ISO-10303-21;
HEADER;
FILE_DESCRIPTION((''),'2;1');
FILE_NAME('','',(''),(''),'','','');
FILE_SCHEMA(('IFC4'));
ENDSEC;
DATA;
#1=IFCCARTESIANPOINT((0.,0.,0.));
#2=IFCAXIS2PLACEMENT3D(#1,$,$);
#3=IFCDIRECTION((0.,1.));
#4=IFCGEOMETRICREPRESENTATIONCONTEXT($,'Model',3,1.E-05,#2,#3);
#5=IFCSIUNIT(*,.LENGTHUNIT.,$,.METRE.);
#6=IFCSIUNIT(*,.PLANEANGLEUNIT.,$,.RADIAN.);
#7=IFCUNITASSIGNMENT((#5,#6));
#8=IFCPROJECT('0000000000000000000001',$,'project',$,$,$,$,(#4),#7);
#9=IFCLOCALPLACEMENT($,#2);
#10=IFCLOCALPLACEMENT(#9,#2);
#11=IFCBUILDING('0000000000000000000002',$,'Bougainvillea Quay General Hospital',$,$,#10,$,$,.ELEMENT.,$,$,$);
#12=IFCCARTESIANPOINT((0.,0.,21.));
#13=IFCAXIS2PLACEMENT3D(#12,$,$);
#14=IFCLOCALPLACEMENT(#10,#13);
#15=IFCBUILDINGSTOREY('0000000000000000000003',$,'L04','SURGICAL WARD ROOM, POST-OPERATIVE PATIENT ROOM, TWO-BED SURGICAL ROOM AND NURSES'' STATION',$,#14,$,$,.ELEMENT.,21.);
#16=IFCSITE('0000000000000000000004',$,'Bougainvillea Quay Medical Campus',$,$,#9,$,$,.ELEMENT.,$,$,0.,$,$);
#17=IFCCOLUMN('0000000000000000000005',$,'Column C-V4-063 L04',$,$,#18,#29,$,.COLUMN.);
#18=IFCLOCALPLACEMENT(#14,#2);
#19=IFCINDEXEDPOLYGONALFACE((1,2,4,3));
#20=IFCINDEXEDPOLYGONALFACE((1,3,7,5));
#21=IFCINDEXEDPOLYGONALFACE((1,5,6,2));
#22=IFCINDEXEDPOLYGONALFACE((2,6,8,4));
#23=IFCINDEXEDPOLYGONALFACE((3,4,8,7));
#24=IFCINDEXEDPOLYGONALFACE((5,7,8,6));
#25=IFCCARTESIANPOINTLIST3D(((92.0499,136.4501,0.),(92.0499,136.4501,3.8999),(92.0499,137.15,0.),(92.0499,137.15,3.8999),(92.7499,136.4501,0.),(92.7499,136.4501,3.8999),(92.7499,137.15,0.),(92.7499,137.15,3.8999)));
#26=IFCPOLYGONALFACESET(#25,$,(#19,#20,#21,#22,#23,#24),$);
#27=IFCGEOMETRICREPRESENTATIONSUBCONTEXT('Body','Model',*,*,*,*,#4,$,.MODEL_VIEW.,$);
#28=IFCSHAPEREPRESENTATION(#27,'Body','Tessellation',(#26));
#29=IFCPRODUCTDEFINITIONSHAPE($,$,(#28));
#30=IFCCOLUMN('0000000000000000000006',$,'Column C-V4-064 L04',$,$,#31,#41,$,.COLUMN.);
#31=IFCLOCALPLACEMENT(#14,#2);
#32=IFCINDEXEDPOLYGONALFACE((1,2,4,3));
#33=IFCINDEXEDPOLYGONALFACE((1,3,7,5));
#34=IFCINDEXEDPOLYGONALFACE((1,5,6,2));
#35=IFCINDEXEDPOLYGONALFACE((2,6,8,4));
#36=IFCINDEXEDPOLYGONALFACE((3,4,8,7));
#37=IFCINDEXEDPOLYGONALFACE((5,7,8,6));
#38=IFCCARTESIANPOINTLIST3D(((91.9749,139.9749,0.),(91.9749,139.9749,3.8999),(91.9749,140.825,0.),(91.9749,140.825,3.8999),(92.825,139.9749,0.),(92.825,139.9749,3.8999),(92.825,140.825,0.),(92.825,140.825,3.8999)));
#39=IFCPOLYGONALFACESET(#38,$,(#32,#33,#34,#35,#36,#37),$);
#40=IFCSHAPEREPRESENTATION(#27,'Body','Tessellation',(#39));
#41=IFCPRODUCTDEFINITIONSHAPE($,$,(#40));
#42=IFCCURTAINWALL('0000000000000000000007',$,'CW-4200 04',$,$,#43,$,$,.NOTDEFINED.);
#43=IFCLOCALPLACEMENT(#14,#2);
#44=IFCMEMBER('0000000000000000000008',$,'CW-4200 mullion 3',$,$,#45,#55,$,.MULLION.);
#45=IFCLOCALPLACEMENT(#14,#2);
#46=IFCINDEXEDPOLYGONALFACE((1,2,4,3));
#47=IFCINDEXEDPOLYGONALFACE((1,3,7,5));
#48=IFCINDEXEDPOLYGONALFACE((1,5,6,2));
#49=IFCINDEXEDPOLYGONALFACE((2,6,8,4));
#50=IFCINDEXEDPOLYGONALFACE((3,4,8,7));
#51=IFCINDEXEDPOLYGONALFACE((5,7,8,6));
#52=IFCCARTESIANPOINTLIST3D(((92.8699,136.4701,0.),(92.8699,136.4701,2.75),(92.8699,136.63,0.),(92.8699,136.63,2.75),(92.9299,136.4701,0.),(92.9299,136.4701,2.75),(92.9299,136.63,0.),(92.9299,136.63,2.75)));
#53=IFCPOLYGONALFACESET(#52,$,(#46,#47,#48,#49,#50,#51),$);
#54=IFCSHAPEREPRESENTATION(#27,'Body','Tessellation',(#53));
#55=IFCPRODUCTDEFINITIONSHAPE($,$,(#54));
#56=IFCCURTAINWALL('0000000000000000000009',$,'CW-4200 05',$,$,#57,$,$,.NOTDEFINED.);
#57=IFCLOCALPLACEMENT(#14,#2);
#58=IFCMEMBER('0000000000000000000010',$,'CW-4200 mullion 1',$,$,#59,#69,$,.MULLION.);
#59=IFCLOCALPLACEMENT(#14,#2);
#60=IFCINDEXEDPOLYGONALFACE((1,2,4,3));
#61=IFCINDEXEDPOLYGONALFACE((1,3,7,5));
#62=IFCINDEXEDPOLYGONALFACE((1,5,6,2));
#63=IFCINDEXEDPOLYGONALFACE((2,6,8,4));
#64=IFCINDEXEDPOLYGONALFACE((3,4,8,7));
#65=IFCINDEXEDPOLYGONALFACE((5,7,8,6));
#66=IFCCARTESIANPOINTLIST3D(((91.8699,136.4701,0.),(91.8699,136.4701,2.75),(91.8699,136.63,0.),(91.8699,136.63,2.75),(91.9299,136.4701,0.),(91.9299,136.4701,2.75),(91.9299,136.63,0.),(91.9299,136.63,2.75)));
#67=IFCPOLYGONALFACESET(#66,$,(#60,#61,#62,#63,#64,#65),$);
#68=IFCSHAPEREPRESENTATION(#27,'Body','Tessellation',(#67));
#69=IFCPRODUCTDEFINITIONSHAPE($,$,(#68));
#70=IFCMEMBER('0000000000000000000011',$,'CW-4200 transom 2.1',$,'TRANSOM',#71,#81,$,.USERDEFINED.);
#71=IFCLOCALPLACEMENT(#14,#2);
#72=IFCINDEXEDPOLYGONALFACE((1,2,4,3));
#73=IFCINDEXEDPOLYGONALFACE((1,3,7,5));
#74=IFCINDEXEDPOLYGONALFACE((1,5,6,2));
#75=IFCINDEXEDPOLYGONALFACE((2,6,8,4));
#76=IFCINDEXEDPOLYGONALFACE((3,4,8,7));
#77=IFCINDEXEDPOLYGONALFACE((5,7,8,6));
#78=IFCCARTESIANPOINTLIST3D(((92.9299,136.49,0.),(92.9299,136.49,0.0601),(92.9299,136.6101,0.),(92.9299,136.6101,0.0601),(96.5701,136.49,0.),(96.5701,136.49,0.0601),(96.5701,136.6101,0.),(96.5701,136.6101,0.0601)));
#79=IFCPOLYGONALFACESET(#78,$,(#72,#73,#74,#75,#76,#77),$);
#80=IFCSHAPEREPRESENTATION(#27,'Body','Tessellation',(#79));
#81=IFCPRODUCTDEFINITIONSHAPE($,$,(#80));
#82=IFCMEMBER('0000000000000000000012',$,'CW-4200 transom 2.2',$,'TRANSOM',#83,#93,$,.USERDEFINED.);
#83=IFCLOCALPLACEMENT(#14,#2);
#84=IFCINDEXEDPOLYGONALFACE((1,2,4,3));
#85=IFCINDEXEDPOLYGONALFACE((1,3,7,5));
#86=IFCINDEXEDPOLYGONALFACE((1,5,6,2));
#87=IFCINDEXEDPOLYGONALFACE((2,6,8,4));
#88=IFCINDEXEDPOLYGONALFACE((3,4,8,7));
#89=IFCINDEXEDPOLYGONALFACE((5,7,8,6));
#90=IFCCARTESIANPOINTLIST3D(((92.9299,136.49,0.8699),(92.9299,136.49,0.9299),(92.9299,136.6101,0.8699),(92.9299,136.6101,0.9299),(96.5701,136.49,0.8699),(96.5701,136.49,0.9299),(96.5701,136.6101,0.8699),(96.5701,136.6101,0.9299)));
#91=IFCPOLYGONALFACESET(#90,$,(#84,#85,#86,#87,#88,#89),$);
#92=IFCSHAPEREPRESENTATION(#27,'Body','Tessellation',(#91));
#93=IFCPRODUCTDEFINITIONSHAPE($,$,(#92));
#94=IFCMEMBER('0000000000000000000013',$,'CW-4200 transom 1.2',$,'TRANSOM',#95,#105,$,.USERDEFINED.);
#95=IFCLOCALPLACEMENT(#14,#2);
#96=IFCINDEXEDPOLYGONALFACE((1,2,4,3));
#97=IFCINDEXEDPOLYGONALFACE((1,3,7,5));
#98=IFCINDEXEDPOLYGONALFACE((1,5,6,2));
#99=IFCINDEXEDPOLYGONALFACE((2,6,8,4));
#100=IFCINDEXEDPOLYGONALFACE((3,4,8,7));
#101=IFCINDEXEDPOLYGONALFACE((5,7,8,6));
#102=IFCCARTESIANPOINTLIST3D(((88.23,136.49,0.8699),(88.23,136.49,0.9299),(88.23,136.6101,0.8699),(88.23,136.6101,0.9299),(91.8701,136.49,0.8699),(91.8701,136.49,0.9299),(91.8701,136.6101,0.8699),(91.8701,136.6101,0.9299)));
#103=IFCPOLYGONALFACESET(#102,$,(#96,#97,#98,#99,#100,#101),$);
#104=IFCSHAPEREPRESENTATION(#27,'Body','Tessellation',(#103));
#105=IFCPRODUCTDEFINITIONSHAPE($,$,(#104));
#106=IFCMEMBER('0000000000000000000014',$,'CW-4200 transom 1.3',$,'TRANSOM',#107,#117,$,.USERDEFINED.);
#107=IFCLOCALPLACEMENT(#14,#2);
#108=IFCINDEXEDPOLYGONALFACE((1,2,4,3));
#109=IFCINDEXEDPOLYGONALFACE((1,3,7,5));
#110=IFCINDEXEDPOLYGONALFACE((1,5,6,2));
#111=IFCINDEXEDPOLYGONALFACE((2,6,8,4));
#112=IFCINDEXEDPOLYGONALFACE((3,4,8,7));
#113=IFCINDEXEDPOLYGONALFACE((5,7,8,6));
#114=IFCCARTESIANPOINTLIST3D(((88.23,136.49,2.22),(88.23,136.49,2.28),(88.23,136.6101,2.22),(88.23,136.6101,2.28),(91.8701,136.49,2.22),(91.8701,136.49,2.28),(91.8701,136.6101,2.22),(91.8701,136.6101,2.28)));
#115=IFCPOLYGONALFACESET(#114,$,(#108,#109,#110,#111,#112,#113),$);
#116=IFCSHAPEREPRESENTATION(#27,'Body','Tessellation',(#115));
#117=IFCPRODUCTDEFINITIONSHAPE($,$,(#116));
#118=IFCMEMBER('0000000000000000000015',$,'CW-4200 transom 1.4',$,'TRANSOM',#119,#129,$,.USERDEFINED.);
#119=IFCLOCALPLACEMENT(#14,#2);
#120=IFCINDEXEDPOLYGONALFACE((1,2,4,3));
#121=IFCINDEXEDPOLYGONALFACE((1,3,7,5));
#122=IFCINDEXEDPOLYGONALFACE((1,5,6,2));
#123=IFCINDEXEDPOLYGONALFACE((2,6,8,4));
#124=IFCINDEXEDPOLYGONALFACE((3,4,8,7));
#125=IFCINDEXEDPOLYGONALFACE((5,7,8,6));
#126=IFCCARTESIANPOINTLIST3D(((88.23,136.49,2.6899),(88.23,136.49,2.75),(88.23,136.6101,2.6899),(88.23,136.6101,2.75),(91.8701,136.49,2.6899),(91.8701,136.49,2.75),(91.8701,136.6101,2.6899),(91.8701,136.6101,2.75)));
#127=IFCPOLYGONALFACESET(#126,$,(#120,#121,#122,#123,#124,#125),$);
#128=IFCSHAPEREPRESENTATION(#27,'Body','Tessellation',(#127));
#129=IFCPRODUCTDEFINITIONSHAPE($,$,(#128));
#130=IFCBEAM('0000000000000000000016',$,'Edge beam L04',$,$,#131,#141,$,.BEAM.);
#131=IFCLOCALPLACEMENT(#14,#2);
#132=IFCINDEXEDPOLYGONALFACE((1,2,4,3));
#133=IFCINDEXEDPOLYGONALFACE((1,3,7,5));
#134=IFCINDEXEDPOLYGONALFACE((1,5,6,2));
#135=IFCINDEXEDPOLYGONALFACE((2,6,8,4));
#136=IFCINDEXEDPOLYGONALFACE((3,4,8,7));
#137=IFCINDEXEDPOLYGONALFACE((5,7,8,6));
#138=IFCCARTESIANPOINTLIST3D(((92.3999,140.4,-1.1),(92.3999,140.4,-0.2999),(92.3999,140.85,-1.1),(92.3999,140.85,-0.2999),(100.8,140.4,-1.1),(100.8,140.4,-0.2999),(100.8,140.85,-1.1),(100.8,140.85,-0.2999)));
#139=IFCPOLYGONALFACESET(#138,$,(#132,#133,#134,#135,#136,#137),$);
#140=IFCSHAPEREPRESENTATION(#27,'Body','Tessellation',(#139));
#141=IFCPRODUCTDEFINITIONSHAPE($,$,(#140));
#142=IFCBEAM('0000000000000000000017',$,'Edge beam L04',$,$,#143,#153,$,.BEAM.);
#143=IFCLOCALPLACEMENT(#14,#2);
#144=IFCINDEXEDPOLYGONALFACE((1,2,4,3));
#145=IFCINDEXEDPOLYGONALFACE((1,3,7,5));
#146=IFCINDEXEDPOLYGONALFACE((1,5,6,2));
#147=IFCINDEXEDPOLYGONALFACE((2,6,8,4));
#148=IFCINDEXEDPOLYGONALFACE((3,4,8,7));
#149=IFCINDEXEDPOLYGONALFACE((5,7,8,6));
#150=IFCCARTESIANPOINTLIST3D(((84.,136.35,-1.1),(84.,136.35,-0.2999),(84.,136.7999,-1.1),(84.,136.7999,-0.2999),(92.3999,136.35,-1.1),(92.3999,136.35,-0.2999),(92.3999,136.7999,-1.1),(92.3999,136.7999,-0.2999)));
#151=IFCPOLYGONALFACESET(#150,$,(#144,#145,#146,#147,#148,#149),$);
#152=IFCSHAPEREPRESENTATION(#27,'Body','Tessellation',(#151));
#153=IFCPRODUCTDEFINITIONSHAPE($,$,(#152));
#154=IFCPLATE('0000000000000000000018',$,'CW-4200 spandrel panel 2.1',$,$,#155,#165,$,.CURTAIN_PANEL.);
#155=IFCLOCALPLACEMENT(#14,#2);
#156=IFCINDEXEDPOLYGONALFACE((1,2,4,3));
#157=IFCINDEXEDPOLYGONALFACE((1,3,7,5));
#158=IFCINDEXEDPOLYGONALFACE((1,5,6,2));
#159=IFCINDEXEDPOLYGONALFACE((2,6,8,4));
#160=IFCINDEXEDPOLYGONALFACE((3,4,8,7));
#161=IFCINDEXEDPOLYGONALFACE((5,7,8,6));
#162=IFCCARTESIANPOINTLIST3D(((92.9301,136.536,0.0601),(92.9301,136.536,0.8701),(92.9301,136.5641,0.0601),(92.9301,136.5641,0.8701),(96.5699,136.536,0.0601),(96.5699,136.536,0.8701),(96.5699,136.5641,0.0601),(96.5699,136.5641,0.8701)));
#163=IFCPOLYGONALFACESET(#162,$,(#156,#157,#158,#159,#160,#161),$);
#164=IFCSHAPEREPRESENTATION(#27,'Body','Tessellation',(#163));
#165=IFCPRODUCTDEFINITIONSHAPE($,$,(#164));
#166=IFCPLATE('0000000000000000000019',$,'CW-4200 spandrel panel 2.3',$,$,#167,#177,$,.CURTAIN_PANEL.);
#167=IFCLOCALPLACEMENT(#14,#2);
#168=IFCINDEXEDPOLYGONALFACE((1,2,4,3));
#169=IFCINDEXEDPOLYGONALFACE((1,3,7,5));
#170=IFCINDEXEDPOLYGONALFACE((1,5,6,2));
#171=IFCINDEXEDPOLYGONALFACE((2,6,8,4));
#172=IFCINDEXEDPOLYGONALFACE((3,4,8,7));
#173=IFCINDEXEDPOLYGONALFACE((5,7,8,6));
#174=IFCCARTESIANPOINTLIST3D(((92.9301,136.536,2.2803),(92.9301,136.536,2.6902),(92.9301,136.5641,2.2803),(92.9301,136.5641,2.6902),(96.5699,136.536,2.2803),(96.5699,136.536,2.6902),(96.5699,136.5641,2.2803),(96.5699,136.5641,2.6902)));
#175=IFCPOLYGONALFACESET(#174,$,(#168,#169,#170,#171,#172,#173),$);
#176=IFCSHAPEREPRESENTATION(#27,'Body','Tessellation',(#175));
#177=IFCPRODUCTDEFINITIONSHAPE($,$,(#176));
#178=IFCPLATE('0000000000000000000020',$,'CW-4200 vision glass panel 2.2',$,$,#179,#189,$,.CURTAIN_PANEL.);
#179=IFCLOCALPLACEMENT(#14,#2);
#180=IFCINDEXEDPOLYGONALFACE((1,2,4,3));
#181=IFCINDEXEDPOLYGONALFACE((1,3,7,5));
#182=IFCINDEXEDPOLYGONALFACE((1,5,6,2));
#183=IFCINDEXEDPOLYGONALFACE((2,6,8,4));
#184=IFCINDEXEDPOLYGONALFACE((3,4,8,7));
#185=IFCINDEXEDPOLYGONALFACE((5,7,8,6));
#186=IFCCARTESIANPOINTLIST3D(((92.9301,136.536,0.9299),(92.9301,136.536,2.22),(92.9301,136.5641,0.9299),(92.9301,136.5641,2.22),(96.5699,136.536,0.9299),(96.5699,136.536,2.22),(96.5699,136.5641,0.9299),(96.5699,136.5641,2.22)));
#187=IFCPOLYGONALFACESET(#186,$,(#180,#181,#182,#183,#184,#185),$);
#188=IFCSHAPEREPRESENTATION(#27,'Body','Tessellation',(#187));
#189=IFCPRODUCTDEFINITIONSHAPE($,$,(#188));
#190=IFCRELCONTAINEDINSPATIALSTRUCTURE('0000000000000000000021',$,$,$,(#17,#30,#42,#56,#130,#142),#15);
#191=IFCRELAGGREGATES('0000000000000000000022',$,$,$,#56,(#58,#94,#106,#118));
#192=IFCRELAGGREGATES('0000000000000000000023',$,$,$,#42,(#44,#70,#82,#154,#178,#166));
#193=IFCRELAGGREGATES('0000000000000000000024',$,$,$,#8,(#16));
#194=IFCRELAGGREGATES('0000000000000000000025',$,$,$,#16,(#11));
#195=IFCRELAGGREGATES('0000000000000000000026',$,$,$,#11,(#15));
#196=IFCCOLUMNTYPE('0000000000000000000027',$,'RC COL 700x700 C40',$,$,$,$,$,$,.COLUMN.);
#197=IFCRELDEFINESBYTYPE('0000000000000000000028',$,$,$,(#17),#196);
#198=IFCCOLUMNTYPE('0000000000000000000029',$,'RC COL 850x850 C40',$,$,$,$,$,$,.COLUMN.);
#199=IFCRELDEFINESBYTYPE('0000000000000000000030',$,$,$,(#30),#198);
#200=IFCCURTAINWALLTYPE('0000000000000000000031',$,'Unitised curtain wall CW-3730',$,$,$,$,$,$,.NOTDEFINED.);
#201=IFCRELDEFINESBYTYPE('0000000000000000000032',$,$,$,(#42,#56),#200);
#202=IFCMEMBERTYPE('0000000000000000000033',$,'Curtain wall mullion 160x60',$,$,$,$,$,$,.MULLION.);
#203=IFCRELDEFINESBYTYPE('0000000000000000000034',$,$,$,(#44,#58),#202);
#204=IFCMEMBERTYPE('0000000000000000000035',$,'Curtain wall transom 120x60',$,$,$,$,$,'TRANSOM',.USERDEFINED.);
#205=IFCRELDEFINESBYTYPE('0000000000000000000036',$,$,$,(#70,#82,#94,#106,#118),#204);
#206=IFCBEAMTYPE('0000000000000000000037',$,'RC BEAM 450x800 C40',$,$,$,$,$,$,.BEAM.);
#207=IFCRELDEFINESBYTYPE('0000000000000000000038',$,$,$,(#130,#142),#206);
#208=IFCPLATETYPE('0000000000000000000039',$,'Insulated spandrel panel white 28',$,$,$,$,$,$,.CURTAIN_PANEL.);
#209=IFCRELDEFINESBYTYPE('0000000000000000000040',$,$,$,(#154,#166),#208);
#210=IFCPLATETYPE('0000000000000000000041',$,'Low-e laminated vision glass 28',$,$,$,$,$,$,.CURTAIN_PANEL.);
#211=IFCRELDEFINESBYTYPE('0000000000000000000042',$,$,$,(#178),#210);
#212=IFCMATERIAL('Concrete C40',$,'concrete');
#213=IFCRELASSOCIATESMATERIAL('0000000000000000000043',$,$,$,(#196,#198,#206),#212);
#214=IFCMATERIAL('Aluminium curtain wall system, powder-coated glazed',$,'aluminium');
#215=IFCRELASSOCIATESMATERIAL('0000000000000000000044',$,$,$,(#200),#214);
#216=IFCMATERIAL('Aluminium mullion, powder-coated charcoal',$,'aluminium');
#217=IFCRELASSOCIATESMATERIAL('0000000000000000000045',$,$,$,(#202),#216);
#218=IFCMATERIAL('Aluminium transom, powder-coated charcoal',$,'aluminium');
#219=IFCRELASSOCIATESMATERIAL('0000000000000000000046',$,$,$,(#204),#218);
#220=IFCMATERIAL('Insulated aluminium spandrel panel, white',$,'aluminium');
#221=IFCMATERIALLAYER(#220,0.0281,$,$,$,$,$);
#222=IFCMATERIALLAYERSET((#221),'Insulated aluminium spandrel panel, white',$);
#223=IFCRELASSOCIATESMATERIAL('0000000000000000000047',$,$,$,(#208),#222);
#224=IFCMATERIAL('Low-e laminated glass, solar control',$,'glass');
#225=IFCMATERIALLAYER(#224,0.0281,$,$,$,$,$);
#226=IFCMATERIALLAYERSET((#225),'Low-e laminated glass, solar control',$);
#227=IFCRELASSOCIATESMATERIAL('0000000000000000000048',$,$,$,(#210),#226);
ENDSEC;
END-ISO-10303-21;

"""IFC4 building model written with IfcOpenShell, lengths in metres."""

from ifc_helpers import new_model, si_unit, direction, frame, origin, origin_2d, place, context, subcontext, project, spatial, rectangle, extrude, material, layer, layer_set, material_profile, profile_set, type_object, element, aggregate, save


model = new_model("IFC4")

# Units and contexts
model_context = context("Model", 3, precision=1e-05, world=origin(), true_north=direction((0.0, 1.0)))
body_context = subcontext(model_context, "Body", "Model", "MODEL_VIEW")
ifc_project = project(units=[si_unit("LENGTHUNIT", "METRE"), si_unit("PLANEANGLEUNIT", "RADIAN")], contexts=[model_context])

# Site, building, storey
site_placement = place(None, origin())
site = spatial("IfcSite", under=ifc_project, at=site_placement, Name="Bougainvillea Quay Medical Campus", CompositionType="ELEMENT", RefElevation=0.0)
building_placement = place(site_placement, origin())
building = spatial("IfcBuilding", under=site, at=building_placement, Name="Bougainvillea Quay General Hospital", CompositionType="ELEMENT")
storey_placement = place(building_placement, frame((0.0, 0.0, 21.0)))
storey = spatial("IfcBuildingStorey", under=building, at=storey_placement, Name="L04", Description="SURGICAL WARD ROOM, POST-OPERATIVE PATIENT ROOM, TWO-BED SURGICAL ROOM AND NURSES' STATION", CompositionType="ELEMENT", Elevation=21.0)

# Columns
ifc_material_1 = material(Name="Concrete C40", Category="concrete")
ifc_material_profile_1 = material_profile(ifc_material_1, rectangle(XDim=0.7, YDim=0.7, at=origin_2d()))
ifc_profile_set_1 = profile_set([ifc_material_profile_1], Name="Concrete C40")
column_type_1 = type_object("IfcColumnType", Name="RC COL 700x700 C40", PredefinedType="COLUMN", material=ifc_profile_set_1)
column_1_placement = place(storey_placement, frame((92.3999, 136.8, 0.0), z_axis=(0.0, 0.0, 1.0), x_axis=(1.0, 0.0, 0.0)))
element("IfcColumn", 1, at=column_1_placement, inside=storey, type_object=column_type_1, Name="Column C-V4-063 L04", PredefinedType="COLUMN", context=body_context, shape_type="SweptSolid", body=[
    extrude(rectangle(XDim=0.7, YDim=0.7, at=origin_2d()), origin(), (0.0, 0.0, 1.0), 3.8999),
])
ifc_material_profile_2 = material_profile(ifc_material_1, rectangle(XDim=0.8501, YDim=0.8501, at=origin_2d()))
ifc_profile_set_2 = profile_set([ifc_material_profile_2], Name="Concrete C40")
column_type_2 = type_object("IfcColumnType", Name="RC COL 850x850 C40", PredefinedType="COLUMN", material=ifc_profile_set_2)
column_2_placement = place(storey_placement, frame((92.3999, 140.3999, 0.0), z_axis=(0.0, 0.0, 1.0), x_axis=(1.0, 0.0, 0.0)))
element("IfcColumn", 2, at=column_2_placement, inside=storey, type_object=column_type_2, Name="Column C-V4-064 L04", PredefinedType="COLUMN", context=body_context, shape_type="SweptSolid", body=[
    extrude(rectangle(XDim=0.8501, YDim=0.8501, at=origin_2d()), origin(), (0.0, 0.0, 1.0), 3.8999),
])

# Curtain walls, members
ifc_material_2 = material(Name="Aluminium curtain wall system, powder-coated glazed", Category="aluminium")
curtain_wall_type = type_object("IfcCurtainWallType", Name="Unitised curtain wall CW-3730", PredefinedType="NOTDEFINED", material=ifc_material_2)
curtain_wall_1_placement = place(storey_placement, origin())
curtain_wall_1 = element("IfcCurtainWall", 3, at=curtain_wall_1_placement, inside=storey, type_object=curtain_wall_type, Name="CW-4200 04", PredefinedType="NOTDEFINED")
ifc_material_3 = material(Name="Aluminium mullion, powder-coated charcoal", Category="aluminium")
ifc_material_profile_3 = material_profile(ifc_material_3, rectangle(XDim=0.1599, YDim=0.0601, at=origin_2d()))
ifc_profile_set_3 = profile_set([ifc_material_profile_3], Name="Aluminium mullion, powder-coated charcoal")
member_type_1 = type_object("IfcMemberType", Name="Curtain wall mullion 160x60", PredefinedType="MULLION", material=ifc_profile_set_3)
member_1_placement = place(storey_placement, frame((92.8999, 136.55, 0.0), z_axis=(0.0, 0.0, 1.0), x_axis=(0.0, -1.0, 0.0)))
member_1 = element("IfcMember", 4, at=member_1_placement, type_object=member_type_1, Name="CW-4200 mullion 3", PredefinedType="MULLION", context=body_context, shape_type="SweptSolid", body=[
    extrude(rectangle(XDim=0.1599, YDim=0.0601, at=origin_2d()), origin(), (0.0, 0.0, 1.0), 2.75),
])
curtain_wall_2_placement = place(storey_placement, origin())
curtain_wall_2 = element("IfcCurtainWall", 5, at=curtain_wall_2_placement, inside=storey, type_object=curtain_wall_type, Name="CW-4200 05", PredefinedType="NOTDEFINED")
member_2_placement = place(storey_placement, frame((91.8999, 136.55, 0.0), z_axis=(0.0, 0.0, 1.0), x_axis=(0.0, -1.0, 0.0)))
member_2 = element("IfcMember", 6, at=member_2_placement, type_object=member_type_1, Name="CW-4200 mullion 1", PredefinedType="MULLION", context=body_context, shape_type="SweptSolid", body=[
    extrude(rectangle(XDim=0.1599, YDim=0.0601, at=origin_2d()), origin(), (0.0, 0.0, 1.0), 2.75),
])

# Members
ifc_material_4 = material(Name="Aluminium transom, powder-coated charcoal", Category="aluminium")
ifc_material_profile_4 = material_profile(ifc_material_4, rectangle(XDim=0.1201, YDim=0.0601, at=origin_2d()))
ifc_profile_set_4 = profile_set([ifc_material_profile_4], Name="Aluminium transom, powder-coated charcoal")
member_type_2 = type_object("IfcMemberType", Name="Curtain wall transom 120x60", ElementType="TRANSOM", PredefinedType="USERDEFINED", material=ifc_profile_set_4)
member_3_placement = place(storey_placement, frame((96.5701, 136.55, 0.03), z_axis=(-1.0, 0.0, 0.0), x_axis=(0.0, -1.0, 0.0)))
member_3 = element("IfcMember", 7, at=member_3_placement, type_object=member_type_2, Name="CW-4200 transom 2.1", ObjectType="TRANSOM", PredefinedType="USERDEFINED", context=body_context, shape_type="SweptSolid", body=[
    extrude(rectangle(XDim=0.1201, YDim=0.0601, at=origin_2d()), origin(), (0.0, 0.0, 1.0), 3.6401),
])
member_4_placement = place(storey_placement, frame((96.5701, 136.55, 0.8999), z_axis=(-1.0, 0.0, 0.0), x_axis=(0.0, -1.0, 0.0)))
member_4 = element("IfcMember", 8, at=member_4_placement, type_object=member_type_2, Name="CW-4200 transom 2.2", ObjectType="TRANSOM", PredefinedType="USERDEFINED", context=body_context, shape_type="SweptSolid", body=[
    extrude(rectangle(XDim=0.1201, YDim=0.0601, at=origin_2d()), origin(), (0.0, 0.0, 1.0), 3.6401),
])
member_5_placement = place(storey_placement, frame((91.8701, 136.55, 0.8999), z_axis=(-1.0, 0.0, 0.0), x_axis=(0.0, -1.0, 0.0)))
member_5 = element("IfcMember", 9, at=member_5_placement, type_object=member_type_2, Name="CW-4200 transom 1.2", ObjectType="TRANSOM", PredefinedType="USERDEFINED", context=body_context, shape_type="SweptSolid", body=[
    extrude(rectangle(XDim=0.1201, YDim=0.0601, at=origin_2d()), origin(), (0.0, 0.0, 1.0), 3.6401),
])
member_6_placement = place(storey_placement, frame((91.8701, 136.55, 2.25), z_axis=(-1.0, 0.0, 0.0), x_axis=(0.0, -1.0, 0.0)))
member_6 = element("IfcMember", 10, at=member_6_placement, type_object=member_type_2, Name="CW-4200 transom 1.3", ObjectType="TRANSOM", PredefinedType="USERDEFINED", context=body_context, shape_type="SweptSolid", body=[
    extrude(rectangle(XDim=0.1201, YDim=0.0601, at=origin_2d()), origin(), (0.0, 0.0, 1.0), 3.6401),
])
member_7_placement = place(storey_placement, frame((91.8701, 136.55, 2.72), z_axis=(-1.0, 0.0, 0.0), x_axis=(0.0, -1.0, 0.0)))
member_7 = element("IfcMember", 11, at=member_7_placement, type_object=member_type_2, Name="CW-4200 transom 1.4", ObjectType="TRANSOM", PredefinedType="USERDEFINED", context=body_context, shape_type="SweptSolid", body=[
    extrude(rectangle(XDim=0.1201, YDim=0.0601, at=origin_2d()), origin(), (0.0, 0.0, 1.0), 3.6401),
])
aggregate(curtain_wall_2, [member_2, member_5, member_6, member_7])

# Beams
ifc_material_profile_5 = material_profile(ifc_material_1, rectangle(XDim=0.45, YDim=0.8, at=origin_2d()))
ifc_profile_set_5 = profile_set([ifc_material_profile_5], Name="Concrete C40")
beam_type = type_object("IfcBeamType", Name="RC BEAM 450x800 C40", PredefinedType="BEAM", material=ifc_profile_set_5)
beam_1_placement = place(storey_placement, frame((92.3999, 140.625, -0.7), z_axis=(1.0, 0.0, 0.0), x_axis=(0.0, 1.0, 0.0)))
element("IfcBeam", 12, at=beam_1_placement, inside=storey, type_object=beam_type, Name="Edge beam L04", PredefinedType="BEAM", context=body_context, shape_type="SweptSolid", body=[
    extrude(rectangle(XDim=0.45, YDim=0.8, at=origin_2d()), origin(), (0.0, 0.0, 1.0), 8.4001),
])
beam_2_placement = place(storey_placement, frame((92.3999, 136.575, -0.7), z_axis=(-1.0, 0.0, 0.0), x_axis=(0.0, -1.0, 0.0)))
element("IfcBeam", 13, at=beam_2_placement, inside=storey, type_object=beam_type, Name="Edge beam L04", PredefinedType="BEAM", context=body_context, shape_type="SweptSolid", body=[
    extrude(rectangle(XDim=0.45, YDim=0.8, at=origin_2d()), origin(), (0.0, 0.0, 1.0), 8.3999),
])

# Plates
ifc_material_5 = material(Name="Insulated aluminium spandrel panel, white", Category="aluminium")
ifc_layer_1 = layer(ifc_material_5, 0.0281)
ifc_layer_set_1 = layer_set([ifc_layer_1], Name="Insulated aluminium spandrel panel, white")
plate_type_1 = type_object("IfcPlateType", Name="Insulated spandrel panel white 28", PredefinedType="CURTAIN_PANEL", material=ifc_layer_set_1)
plate_1_placement = place(storey_placement, frame((94.75, 136.55, 0.0601), z_axis=(0.0, 0.0, 1.0), x_axis=(-1.0, 0.0, 0.0)))
plate_1 = element("IfcPlate", 14, at=plate_1_placement, type_object=plate_type_1, Name="CW-4200 spandrel panel 2.1", PredefinedType="CURTAIN_PANEL", context=body_context, shape_type="SweptSolid", body=[
    extrude(rectangle(XDim=3.6399, YDim=0.0281, at=origin_2d()), origin(), (0.0, 0.0, 1.0), 0.8101),
])
plate_2_placement = place(storey_placement, frame((94.75, 136.55, 2.2803), z_axis=(0.0, 0.0, 1.0), x_axis=(-1.0, 0.0, 0.0)))
plate_2 = element("IfcPlate", 15, at=plate_2_placement, type_object=plate_type_1, Name="CW-4200 spandrel panel 2.3", PredefinedType="CURTAIN_PANEL", context=body_context, shape_type="SweptSolid", body=[
    extrude(rectangle(XDim=3.6399, YDim=0.0281, at=origin_2d()), origin(), (0.0, 0.0, 1.0), 0.4099),
])
ifc_material_6 = material(Name="Low-e laminated glass, solar control", Category="glass")
ifc_layer_2 = layer(ifc_material_6, 0.0281)
ifc_layer_set_2 = layer_set([ifc_layer_2], Name="Low-e laminated glass, solar control")
plate_type_2 = type_object("IfcPlateType", Name="Low-e laminated vision glass 28", PredefinedType="CURTAIN_PANEL", material=ifc_layer_set_2)
plate_3_placement = place(storey_placement, frame((94.75, 136.55, 0.9299), z_axis=(0.0, 0.0, 1.0), x_axis=(-1.0, 0.0, 0.0)))
plate_3 = element("IfcPlate", 16, at=plate_3_placement, type_object=plate_type_2, Name="CW-4200 vision glass panel 2.2", PredefinedType="CURTAIN_PANEL", context=body_context, shape_type="SweptSolid", body=[
    extrude(rectangle(XDim=3.6399, YDim=0.0281, at=origin_2d()), origin(), (0.0, 0.0, 1.0), 1.29),
])
aggregate(curtain_wall_1, [member_1, member_3, member_4, plate_1, plate_3, plate_2])

save(model, "model.ifc")
